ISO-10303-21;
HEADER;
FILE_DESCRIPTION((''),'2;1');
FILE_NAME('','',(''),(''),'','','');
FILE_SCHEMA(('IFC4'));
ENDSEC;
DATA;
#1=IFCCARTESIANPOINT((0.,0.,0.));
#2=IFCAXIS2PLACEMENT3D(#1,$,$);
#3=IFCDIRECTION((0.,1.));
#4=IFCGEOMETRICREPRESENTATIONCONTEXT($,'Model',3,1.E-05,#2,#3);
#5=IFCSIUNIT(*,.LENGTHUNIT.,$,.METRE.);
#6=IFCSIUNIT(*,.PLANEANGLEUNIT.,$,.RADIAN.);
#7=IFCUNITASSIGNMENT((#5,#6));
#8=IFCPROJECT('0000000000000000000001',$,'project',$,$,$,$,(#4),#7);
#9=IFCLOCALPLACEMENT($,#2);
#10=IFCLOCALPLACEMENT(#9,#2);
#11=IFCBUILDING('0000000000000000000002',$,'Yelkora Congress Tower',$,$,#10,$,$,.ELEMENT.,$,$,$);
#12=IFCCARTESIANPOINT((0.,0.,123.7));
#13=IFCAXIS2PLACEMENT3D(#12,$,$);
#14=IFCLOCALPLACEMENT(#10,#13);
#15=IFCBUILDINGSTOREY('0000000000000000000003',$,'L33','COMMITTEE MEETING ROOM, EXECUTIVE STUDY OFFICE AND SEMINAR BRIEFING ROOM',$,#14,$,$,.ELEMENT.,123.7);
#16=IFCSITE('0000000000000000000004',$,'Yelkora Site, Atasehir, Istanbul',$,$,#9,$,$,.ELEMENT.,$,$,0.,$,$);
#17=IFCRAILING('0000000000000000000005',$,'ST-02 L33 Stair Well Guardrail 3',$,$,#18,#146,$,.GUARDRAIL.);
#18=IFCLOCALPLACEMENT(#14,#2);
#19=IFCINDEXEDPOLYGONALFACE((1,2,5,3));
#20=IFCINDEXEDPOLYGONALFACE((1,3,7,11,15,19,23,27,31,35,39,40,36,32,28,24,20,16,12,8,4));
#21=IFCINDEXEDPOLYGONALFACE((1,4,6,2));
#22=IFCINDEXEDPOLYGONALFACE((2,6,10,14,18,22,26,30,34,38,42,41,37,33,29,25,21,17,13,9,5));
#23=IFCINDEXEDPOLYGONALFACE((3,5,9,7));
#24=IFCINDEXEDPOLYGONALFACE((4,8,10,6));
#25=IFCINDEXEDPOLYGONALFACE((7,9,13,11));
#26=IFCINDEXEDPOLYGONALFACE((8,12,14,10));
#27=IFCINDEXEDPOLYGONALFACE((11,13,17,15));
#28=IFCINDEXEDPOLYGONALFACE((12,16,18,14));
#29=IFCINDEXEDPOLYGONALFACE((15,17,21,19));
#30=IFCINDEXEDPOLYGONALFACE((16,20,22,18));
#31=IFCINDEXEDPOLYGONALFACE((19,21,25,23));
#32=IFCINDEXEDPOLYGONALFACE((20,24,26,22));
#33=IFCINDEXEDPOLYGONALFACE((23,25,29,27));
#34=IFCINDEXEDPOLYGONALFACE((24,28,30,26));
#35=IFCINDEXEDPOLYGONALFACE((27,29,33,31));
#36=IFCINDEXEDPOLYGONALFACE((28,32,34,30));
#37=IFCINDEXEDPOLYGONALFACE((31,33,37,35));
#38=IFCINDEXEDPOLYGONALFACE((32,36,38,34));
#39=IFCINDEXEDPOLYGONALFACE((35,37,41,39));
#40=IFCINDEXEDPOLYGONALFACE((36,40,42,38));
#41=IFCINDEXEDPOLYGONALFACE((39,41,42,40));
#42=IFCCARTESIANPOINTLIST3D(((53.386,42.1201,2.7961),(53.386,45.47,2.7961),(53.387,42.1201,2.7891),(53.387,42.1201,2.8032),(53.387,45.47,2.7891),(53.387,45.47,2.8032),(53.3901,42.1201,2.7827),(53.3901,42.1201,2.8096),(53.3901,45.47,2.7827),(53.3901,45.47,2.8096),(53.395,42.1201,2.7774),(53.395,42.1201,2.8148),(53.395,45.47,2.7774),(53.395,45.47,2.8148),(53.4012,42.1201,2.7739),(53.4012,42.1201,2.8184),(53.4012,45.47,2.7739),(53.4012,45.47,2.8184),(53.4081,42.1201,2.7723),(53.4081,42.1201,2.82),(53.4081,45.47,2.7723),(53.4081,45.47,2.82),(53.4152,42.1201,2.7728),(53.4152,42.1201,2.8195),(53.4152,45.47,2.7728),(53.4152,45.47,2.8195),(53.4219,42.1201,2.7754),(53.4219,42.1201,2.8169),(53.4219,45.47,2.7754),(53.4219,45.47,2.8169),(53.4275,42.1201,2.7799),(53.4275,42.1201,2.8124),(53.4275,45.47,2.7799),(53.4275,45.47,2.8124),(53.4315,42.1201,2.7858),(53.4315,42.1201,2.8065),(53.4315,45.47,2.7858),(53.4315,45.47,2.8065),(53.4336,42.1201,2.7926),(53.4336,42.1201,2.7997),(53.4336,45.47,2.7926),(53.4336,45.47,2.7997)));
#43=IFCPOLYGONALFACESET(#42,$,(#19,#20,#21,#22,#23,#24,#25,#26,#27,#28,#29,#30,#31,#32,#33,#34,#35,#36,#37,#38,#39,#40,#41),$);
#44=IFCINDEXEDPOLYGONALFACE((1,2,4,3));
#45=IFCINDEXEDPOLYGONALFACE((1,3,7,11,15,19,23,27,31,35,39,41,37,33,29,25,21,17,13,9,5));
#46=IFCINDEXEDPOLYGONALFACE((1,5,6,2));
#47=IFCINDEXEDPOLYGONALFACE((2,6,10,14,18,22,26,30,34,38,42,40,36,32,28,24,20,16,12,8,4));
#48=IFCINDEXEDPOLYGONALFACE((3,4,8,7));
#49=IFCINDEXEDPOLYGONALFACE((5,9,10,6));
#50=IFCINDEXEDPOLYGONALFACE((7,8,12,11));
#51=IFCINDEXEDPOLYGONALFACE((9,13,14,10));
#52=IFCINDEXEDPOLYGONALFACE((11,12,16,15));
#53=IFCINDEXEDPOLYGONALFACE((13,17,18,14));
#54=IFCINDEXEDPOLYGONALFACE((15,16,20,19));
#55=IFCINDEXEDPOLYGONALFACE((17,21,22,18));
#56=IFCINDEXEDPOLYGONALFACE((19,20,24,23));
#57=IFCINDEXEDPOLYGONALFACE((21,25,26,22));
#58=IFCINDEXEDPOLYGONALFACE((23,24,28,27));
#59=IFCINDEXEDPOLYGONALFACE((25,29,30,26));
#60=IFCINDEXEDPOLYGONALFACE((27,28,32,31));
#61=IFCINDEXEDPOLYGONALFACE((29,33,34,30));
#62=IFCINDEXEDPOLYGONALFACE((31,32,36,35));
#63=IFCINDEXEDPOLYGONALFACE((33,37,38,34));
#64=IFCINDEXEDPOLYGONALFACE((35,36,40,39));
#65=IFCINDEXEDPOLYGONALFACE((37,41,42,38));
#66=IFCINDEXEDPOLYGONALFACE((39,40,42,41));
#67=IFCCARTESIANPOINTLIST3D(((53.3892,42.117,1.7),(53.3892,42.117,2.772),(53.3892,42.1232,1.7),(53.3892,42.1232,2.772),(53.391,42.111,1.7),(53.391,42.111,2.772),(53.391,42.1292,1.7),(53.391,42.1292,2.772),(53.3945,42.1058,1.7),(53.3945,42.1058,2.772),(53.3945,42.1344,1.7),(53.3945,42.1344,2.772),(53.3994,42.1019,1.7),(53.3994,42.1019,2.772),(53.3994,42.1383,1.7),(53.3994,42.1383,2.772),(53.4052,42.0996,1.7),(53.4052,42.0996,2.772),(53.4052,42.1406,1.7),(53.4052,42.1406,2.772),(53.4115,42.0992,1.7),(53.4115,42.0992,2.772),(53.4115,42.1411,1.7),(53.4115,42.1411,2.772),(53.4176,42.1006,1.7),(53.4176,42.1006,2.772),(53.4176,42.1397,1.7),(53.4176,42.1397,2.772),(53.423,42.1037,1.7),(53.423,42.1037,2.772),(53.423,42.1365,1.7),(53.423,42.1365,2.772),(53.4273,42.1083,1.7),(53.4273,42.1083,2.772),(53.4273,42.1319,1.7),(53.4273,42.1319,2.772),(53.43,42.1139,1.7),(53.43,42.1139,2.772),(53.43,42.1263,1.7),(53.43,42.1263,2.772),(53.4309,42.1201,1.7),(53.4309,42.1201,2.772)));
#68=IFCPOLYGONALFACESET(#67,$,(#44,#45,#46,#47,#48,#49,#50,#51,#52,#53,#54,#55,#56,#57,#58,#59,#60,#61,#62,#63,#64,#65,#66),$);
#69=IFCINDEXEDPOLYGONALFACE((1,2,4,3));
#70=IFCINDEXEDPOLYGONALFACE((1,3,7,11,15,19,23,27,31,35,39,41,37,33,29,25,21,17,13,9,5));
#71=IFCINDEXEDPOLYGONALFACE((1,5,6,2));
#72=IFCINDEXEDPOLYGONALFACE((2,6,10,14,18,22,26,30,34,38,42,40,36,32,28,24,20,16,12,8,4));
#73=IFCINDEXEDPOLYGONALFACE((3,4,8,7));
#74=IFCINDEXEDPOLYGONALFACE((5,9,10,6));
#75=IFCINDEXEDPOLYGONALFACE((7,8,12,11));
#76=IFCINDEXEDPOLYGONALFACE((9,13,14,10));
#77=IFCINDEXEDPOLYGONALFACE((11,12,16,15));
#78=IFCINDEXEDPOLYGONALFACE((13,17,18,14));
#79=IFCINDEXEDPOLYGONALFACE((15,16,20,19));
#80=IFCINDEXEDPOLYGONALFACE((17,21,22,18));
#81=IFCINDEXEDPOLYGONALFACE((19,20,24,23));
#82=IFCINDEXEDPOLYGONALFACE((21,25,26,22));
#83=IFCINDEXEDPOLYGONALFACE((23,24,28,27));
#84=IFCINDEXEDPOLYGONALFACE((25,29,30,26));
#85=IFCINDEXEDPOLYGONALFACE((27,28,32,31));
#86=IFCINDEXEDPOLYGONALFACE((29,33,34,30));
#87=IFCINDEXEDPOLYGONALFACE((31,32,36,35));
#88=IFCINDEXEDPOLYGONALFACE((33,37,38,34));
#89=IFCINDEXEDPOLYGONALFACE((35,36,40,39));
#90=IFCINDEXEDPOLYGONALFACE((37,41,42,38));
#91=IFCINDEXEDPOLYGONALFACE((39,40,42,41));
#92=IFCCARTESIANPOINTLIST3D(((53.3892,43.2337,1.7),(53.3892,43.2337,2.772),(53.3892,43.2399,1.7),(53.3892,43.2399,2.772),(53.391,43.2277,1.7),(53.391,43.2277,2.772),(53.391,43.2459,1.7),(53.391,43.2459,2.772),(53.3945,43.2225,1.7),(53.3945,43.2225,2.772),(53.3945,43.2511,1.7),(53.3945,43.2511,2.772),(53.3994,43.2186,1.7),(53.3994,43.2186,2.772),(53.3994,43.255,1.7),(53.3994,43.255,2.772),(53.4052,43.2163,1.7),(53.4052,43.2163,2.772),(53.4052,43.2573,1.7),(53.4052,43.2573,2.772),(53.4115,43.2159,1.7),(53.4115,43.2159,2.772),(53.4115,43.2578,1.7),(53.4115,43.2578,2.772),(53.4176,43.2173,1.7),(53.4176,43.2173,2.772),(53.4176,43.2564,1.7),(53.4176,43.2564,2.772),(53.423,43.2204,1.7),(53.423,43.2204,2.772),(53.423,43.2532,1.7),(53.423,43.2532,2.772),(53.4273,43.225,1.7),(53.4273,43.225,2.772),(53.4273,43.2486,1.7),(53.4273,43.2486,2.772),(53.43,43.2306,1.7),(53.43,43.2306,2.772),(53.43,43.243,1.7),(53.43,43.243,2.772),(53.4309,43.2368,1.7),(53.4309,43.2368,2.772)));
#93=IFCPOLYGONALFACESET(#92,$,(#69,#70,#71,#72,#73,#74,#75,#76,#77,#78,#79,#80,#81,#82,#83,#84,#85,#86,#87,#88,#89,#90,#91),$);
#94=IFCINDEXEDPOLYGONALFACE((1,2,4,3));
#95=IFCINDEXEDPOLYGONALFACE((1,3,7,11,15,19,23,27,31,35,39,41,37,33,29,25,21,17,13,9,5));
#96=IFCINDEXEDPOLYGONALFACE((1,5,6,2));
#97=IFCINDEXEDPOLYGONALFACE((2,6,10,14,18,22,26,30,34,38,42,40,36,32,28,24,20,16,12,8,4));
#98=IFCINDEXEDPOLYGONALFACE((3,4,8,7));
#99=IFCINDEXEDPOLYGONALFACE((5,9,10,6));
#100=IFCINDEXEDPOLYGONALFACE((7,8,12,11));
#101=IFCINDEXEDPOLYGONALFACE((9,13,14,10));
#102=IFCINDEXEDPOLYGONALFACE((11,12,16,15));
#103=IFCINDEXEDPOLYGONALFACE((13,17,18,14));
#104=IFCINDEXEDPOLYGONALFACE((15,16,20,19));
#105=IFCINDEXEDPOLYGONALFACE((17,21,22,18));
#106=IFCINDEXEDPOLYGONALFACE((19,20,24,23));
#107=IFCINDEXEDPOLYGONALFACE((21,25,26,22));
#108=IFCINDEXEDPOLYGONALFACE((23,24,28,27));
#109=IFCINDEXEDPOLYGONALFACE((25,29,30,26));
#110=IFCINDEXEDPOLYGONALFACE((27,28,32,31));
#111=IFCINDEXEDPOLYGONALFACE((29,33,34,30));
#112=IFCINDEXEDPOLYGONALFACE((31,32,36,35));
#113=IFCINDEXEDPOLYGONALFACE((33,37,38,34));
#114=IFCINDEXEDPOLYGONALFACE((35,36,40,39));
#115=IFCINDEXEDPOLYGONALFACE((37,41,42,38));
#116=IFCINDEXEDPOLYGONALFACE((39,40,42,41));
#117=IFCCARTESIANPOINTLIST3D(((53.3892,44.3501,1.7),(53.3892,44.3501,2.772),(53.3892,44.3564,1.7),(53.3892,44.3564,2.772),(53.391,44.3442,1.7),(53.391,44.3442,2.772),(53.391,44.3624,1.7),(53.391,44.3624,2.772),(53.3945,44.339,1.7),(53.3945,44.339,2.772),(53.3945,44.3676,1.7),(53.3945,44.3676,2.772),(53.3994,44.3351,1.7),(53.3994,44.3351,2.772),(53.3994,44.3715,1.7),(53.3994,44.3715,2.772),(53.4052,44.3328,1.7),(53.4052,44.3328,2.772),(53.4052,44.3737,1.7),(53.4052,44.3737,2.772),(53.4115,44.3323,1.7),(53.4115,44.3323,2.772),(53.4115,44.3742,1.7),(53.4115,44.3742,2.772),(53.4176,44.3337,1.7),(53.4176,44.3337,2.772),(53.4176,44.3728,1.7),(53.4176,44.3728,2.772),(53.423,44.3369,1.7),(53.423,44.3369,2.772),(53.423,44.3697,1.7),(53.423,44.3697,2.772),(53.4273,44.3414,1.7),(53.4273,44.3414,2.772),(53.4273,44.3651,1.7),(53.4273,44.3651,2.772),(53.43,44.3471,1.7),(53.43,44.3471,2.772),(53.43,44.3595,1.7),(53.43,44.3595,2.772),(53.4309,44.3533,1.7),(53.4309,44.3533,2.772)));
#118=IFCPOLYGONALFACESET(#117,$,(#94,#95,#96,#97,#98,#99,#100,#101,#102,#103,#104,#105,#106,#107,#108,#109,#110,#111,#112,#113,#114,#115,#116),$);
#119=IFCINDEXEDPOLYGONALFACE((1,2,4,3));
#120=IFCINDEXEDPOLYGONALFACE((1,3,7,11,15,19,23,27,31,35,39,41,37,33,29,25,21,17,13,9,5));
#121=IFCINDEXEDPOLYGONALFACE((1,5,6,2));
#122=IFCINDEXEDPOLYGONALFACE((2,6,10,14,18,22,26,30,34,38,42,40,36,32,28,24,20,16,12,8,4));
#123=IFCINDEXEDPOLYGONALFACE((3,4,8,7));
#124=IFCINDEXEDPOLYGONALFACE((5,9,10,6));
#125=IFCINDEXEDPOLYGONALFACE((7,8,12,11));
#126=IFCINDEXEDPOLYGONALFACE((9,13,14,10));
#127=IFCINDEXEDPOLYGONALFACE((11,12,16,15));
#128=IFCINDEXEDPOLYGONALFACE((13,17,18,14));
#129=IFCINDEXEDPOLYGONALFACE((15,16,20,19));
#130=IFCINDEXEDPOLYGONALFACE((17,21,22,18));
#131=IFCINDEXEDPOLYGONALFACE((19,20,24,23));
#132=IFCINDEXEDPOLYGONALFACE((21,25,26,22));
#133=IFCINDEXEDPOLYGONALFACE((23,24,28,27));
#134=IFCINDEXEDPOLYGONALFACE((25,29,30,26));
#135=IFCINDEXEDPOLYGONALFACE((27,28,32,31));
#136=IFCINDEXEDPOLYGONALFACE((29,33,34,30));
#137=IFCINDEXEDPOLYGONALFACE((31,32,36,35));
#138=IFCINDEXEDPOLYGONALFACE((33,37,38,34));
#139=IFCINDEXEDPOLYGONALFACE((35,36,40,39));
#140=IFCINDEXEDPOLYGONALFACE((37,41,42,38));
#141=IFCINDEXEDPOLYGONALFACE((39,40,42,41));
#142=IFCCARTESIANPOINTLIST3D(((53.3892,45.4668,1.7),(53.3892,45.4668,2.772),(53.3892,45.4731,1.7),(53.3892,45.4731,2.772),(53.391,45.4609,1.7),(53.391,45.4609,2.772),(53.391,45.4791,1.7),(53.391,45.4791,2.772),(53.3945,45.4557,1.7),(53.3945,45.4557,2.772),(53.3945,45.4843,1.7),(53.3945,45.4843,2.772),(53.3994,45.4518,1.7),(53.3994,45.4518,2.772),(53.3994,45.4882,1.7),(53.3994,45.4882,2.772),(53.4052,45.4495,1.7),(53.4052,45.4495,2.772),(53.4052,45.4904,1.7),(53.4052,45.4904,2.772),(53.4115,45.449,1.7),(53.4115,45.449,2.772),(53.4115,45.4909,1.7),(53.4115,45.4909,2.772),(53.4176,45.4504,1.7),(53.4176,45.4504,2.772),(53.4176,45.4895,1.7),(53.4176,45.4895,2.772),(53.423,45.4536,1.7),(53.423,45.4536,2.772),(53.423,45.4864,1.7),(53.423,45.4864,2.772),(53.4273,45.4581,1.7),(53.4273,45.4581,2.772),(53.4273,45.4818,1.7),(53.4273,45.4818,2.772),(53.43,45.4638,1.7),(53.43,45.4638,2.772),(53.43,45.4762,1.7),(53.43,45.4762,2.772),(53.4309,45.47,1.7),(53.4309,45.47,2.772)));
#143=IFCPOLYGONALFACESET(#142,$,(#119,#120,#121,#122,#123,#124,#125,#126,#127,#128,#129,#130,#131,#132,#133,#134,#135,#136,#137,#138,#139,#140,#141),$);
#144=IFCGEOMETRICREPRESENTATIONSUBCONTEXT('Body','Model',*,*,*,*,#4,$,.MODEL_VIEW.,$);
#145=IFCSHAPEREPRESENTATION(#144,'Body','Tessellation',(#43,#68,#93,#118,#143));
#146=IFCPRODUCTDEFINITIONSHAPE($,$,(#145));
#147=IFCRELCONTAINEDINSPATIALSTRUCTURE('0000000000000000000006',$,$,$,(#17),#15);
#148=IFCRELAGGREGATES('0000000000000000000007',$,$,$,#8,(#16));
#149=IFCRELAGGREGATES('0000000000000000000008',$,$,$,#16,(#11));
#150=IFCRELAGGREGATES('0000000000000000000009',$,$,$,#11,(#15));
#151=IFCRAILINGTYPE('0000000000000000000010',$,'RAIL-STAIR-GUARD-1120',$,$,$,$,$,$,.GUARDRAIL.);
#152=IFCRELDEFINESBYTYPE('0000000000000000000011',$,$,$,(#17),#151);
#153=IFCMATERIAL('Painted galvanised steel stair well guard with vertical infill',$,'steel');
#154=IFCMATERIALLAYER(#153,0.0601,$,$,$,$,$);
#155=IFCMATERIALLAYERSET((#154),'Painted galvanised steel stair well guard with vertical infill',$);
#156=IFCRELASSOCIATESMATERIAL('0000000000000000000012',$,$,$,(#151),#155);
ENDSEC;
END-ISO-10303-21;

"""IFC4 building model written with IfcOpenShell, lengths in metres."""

from ifc_helpers import new_model, si_unit, direction, frame, origin, origin_2d, place, context, subcontext, project, spatial, circle, extrude, material, layer, layer_set, type_object, element, save


model = new_model("IFC4")

# Units and contexts
model_context = context("Model", 3, precision=1e-05, world=origin(), true_north=direction((0.0, 1.0)))
body_context = subcontext(model_context, "Body", "Model", "MODEL_VIEW")
ifc_project = project(units=[si_unit("LENGTHUNIT", "METRE"), si_unit("PLANEANGLEUNIT", "RADIAN")], contexts=[model_context])

# Site, building, storey
site_placement = place(None, origin())
site = spatial("IfcSite", under=ifc_project, at=site_placement, Name="Yelkora Site, Atasehir, Istanbul", CompositionType="ELEMENT", RefElevation=0.0)
building_placement = place(site_placement, origin())
building = spatial("IfcBuilding", under=site, at=building_placement, Name="Yelkora Congress Tower", CompositionType="ELEMENT")
storey_placement = place(building_placement, frame((0.0, 0.0, 123.7)))
storey = spatial("IfcBuildingStorey", under=building, at=storey_placement, Name="L33", Description="COMMITTEE MEETING ROOM, EXECUTIVE STUDY OFFICE AND SEMINAR BRIEFING ROOM", CompositionType="ELEMENT", Elevation=123.7)

# Railing
ifc_material_1 = material(Name="Painted galvanised steel stair well guard with vertical infill", Category="steel")
ifc_layer_1 = layer(ifc_material_1, 0.0601)
ifc_layer_set_1 = layer_set([ifc_layer_1], Name="Painted galvanised steel stair well guard with vertical infill")
railing_type_1 = type_object("IfcRailingType", Name="RAIL-STAIR-GUARD-1120", PredefinedType="GUARDRAIL", material=ifc_layer_set_1)
for number, where, name in (
    (1, (53.4099, 42.1201, 1.7), "ST-02 L33 Stair Well Guardrail 3"),
):
    element("IfcRailing", number, at=place(storey_placement, frame(where)), inside=storey, type_object=railing_type_1, Name=name, PredefinedType="GUARDRAIL", context=body_context, shape_type="SweptSolid", body=[
        extrude(circle(Radius=0.0239, at=origin_2d()), frame((0.0, 0.0, 1.0962), z_axis=(0.0, 1.0, 0.0), x_axis=(-1.0, 0.0, 0.0)), (0.0, 0.0, 1.0), 3.3499),
        extrude(circle(Radius=0.021, at=origin_2d()), origin(), (0.0, 0.0, 1.0), 1.072),
        extrude(circle(Radius=0.021, at=origin_2d()), frame((0.0, 1.1167, 0.0)), (0.0, 0.0, 1.0), 1.072),
        extrude(circle(Radius=0.021, at=origin_2d()), frame((0.0, 2.2332, 0.0)), (0.0, 0.0, 1.0), 1.072),
        extrude(circle(Radius=0.021, at=origin_2d()), frame((0.0, 3.3499, 0.0)), (0.0, 0.0, 1.0), 1.072),
    ])

save(model, "model.ifc")
